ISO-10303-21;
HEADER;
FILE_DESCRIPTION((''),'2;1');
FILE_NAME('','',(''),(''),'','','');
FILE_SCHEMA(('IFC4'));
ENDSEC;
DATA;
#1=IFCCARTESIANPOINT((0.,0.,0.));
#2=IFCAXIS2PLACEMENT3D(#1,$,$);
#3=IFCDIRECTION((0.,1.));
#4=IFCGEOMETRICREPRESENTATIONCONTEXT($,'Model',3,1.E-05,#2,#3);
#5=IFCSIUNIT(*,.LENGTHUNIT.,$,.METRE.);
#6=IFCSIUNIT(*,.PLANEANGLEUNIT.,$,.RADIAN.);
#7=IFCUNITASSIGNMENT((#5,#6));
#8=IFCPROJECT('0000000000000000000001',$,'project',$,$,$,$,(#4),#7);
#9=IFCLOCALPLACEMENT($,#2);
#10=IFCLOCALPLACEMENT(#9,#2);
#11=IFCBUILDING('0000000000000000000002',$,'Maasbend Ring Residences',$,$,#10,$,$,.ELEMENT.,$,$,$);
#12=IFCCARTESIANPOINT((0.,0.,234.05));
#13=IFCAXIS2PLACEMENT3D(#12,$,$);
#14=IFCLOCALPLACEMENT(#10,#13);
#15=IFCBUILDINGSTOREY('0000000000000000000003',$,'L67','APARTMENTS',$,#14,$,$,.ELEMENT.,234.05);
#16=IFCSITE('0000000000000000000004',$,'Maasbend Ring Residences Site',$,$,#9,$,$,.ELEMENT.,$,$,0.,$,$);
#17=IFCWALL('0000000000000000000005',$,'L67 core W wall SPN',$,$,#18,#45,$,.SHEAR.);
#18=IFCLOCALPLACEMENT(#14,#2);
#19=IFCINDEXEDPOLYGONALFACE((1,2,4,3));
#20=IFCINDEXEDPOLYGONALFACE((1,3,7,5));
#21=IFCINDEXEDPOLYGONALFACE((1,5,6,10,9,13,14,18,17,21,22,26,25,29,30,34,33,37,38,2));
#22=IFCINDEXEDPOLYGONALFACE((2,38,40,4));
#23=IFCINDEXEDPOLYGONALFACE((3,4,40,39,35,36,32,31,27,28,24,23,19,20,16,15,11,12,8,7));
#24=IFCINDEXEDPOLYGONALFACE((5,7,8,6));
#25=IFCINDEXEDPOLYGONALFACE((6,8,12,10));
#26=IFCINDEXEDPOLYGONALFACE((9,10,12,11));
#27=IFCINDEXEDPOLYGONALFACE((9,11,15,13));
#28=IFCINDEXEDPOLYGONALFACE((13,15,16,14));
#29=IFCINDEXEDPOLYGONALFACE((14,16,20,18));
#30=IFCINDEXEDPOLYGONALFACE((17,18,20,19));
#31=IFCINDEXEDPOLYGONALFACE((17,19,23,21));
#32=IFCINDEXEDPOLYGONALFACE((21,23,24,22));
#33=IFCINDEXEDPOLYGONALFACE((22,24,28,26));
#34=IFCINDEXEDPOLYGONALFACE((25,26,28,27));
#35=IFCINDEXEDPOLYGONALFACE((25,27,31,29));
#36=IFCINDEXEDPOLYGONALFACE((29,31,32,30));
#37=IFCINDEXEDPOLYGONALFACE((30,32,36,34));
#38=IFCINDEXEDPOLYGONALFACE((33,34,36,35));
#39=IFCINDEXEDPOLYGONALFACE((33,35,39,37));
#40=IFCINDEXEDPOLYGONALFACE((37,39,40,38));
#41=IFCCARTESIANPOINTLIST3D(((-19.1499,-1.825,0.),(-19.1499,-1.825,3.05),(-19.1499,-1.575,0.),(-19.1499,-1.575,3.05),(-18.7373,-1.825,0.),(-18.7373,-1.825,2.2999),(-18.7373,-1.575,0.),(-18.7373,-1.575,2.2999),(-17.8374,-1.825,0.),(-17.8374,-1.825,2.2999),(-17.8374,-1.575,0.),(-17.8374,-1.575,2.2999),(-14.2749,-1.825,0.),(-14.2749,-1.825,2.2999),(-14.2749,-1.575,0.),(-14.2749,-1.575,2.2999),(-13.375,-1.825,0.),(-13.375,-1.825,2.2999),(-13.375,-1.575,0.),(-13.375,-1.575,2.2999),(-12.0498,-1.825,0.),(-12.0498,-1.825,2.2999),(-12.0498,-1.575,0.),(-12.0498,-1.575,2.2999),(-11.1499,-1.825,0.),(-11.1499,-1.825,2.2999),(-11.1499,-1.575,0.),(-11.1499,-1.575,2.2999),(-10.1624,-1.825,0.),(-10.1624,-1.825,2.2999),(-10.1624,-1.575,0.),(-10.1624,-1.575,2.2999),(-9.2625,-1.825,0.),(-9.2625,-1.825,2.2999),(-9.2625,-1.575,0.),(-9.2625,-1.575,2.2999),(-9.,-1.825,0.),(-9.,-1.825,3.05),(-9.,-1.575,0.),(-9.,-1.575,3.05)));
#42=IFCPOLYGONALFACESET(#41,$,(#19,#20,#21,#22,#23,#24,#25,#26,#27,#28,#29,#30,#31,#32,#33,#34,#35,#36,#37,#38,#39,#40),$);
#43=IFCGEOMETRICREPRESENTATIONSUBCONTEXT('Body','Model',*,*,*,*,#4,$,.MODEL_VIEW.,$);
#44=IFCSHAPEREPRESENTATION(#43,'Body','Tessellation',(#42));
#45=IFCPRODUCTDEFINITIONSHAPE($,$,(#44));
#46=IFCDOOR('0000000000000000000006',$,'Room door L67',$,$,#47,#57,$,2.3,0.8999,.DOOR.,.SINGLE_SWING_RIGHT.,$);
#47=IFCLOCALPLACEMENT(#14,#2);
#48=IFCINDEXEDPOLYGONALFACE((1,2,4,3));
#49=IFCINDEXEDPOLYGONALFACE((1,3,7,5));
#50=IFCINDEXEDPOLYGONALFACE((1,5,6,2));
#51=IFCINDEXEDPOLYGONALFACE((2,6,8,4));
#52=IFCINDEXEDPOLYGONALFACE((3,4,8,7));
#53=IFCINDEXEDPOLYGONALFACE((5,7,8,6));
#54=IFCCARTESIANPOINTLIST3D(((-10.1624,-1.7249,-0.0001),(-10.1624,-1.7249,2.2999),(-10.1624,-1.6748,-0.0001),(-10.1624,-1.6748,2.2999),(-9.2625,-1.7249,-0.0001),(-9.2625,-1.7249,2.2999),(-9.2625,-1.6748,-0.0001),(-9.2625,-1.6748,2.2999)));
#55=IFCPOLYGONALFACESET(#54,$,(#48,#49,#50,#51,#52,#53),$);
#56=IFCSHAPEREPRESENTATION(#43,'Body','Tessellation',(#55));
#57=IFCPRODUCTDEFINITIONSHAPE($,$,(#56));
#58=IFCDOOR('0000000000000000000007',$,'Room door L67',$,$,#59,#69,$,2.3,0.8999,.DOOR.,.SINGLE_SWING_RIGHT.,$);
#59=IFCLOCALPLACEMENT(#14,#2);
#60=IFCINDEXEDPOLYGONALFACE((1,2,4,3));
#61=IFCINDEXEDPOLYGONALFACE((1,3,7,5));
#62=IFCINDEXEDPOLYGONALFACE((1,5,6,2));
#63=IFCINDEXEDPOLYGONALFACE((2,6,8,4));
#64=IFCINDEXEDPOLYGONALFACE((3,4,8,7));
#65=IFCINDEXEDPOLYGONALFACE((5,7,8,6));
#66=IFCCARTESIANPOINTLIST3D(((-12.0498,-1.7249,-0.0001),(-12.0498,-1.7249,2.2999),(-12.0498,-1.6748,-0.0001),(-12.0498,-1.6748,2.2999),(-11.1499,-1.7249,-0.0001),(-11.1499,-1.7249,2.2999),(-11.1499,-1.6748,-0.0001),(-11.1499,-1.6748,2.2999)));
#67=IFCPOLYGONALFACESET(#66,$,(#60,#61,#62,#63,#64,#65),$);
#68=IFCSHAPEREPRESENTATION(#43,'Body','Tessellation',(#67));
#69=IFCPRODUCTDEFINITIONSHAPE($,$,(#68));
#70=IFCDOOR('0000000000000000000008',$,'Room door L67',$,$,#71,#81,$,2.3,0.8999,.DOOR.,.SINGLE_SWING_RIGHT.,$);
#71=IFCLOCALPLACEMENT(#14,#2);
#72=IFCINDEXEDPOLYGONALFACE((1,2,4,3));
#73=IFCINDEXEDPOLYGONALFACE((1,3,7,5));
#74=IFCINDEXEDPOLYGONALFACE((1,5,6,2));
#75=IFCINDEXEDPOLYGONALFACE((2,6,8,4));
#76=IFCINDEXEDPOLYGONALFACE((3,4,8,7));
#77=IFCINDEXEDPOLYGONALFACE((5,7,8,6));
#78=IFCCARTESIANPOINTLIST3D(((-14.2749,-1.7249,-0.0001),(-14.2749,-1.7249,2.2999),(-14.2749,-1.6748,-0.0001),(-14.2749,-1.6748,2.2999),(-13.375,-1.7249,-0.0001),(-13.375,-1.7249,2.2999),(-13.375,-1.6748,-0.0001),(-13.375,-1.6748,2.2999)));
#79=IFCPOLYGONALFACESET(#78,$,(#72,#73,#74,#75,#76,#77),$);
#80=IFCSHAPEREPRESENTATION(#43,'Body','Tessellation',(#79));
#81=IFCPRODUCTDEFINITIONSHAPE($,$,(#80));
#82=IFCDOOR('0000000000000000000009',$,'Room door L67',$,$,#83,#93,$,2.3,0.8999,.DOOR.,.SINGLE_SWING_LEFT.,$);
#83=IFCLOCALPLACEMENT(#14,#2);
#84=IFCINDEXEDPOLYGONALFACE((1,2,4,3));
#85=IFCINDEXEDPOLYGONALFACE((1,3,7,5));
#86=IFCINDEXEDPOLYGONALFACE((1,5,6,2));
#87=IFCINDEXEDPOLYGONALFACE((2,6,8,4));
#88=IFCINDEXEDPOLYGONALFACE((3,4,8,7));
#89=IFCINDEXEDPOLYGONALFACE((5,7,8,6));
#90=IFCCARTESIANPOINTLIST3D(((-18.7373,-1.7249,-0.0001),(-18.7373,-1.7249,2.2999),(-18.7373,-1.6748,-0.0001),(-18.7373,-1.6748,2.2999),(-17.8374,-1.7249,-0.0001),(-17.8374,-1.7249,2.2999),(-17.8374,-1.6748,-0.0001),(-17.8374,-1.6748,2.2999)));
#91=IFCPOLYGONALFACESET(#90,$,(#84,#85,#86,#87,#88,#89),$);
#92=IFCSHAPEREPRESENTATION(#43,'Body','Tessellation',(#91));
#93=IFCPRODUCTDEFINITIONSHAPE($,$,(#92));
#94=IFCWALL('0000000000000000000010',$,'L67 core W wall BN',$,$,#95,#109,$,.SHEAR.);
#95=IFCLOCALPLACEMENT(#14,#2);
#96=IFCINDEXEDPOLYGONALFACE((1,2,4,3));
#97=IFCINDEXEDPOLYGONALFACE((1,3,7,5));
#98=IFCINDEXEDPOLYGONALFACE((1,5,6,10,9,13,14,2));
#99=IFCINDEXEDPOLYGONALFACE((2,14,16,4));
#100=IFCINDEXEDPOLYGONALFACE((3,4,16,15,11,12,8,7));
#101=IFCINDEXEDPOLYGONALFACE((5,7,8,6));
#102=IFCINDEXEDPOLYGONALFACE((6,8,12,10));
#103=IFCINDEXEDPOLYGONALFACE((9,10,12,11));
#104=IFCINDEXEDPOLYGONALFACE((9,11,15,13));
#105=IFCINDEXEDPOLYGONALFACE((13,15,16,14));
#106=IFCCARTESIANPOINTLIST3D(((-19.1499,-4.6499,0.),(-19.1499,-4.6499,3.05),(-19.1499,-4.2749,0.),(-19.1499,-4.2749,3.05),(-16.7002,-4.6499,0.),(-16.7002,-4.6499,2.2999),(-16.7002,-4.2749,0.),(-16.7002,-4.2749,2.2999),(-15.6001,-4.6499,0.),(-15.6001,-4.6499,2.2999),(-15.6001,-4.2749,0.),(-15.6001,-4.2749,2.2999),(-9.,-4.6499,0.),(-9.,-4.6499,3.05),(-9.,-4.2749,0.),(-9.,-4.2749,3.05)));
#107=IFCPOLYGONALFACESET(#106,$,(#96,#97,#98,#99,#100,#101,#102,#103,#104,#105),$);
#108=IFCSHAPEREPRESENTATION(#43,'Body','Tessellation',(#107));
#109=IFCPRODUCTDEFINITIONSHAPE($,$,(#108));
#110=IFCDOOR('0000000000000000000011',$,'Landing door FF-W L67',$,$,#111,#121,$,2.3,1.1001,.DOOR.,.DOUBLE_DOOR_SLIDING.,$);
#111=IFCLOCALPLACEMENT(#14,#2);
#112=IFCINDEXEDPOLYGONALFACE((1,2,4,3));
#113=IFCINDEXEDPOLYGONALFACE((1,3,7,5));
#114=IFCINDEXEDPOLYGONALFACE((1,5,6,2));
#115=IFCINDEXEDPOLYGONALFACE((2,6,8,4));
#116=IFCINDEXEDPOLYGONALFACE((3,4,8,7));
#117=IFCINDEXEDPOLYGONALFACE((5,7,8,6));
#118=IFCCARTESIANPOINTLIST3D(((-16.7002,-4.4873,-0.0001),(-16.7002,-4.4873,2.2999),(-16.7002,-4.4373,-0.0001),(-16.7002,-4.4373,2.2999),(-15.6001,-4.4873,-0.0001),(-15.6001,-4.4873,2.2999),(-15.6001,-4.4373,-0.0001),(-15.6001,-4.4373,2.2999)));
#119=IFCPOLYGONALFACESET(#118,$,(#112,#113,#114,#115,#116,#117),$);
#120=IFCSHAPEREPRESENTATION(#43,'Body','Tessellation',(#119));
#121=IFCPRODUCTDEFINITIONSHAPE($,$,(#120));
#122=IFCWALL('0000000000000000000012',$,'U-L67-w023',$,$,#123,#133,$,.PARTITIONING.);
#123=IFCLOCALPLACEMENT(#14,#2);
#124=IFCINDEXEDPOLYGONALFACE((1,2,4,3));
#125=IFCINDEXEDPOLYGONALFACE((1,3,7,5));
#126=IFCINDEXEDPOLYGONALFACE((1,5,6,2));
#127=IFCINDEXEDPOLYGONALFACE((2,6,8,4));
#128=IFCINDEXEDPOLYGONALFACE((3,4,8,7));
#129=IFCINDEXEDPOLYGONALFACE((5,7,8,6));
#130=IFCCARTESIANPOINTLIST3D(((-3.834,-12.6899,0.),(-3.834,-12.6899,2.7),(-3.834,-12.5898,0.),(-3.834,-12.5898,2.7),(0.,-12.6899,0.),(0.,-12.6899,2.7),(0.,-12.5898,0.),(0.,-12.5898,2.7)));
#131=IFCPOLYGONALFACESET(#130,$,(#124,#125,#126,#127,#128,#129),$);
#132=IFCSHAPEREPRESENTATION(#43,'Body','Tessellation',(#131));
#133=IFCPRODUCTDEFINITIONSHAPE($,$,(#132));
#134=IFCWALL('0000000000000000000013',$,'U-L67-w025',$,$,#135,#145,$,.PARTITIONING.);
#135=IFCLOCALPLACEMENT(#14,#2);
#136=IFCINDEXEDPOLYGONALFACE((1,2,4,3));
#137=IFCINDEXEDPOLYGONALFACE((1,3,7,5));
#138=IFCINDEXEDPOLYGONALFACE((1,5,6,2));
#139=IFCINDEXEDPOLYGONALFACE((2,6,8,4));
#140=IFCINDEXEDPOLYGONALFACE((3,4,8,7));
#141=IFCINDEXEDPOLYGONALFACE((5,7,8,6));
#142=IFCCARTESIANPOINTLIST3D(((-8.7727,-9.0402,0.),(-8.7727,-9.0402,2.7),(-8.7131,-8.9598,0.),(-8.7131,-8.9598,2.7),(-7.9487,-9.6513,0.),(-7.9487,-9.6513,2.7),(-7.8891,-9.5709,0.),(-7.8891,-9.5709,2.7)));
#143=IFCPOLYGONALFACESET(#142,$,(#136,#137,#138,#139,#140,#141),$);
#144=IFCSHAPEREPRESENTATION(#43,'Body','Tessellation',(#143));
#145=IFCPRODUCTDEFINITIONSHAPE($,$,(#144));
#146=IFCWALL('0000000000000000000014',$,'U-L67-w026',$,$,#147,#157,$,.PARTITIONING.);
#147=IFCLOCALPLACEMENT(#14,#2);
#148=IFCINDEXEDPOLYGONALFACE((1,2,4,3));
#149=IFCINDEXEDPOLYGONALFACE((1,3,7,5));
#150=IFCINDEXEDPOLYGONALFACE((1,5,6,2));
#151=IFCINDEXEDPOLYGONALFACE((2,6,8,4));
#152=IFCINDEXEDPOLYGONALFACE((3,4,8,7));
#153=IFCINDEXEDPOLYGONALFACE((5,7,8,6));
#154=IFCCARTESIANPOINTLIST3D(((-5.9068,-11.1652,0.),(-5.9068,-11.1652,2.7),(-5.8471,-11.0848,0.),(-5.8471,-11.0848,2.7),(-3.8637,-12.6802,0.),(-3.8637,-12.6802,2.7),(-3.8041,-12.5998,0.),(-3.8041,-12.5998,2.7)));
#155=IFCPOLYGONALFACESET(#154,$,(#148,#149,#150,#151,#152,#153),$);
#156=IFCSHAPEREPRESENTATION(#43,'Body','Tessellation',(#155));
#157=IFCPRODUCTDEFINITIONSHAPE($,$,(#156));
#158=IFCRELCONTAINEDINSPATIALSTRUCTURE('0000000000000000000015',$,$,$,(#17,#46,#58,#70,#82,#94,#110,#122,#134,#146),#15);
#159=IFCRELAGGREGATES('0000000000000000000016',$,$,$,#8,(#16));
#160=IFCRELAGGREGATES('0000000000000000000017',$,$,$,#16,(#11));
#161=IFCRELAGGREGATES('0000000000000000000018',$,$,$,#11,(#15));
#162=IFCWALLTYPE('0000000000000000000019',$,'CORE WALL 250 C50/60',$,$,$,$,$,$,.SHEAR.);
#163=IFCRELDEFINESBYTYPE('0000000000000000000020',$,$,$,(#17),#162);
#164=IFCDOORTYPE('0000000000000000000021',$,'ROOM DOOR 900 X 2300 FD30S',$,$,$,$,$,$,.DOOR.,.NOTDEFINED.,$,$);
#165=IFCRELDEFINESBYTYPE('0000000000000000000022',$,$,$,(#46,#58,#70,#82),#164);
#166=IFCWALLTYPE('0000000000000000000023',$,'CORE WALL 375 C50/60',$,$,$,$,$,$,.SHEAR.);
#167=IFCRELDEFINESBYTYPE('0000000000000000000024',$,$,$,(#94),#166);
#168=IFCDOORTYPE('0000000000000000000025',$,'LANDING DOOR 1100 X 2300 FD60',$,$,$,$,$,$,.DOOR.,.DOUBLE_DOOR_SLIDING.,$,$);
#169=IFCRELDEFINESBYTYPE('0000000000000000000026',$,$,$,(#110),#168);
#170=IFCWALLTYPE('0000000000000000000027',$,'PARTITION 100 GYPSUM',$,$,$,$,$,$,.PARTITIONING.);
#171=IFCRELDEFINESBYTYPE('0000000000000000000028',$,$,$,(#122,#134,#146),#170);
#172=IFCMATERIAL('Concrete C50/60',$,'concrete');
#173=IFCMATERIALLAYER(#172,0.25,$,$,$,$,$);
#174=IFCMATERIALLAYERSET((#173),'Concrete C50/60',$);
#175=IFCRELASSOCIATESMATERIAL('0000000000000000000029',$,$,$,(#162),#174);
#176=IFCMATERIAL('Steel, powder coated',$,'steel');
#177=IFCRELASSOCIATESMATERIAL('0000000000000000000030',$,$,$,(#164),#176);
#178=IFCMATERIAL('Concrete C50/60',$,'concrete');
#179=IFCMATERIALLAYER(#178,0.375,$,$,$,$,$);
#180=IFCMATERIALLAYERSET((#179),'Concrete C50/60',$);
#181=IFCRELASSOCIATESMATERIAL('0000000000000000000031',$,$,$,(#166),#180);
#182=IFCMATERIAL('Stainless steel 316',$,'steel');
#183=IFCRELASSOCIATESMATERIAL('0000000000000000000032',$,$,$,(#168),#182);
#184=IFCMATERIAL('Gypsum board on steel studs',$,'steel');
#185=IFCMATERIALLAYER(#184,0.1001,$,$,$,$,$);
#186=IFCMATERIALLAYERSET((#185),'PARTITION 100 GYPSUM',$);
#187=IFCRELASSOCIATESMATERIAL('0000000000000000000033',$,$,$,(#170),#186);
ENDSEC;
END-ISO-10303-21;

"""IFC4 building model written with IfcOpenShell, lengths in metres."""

from ifc_helpers import new_model, si_unit, direction, frame, frame_2d, origin, place, context, subcontext, project, spatial, rectangle, extrude, material, layer, layer_set, type_object, element, fill, save


model = new_model("IFC4")

# Units and contexts
model_context = context("Model", 3, precision=1e-05, world=origin(), true_north=direction((0.0, 1.0)))
body_context = subcontext(model_context, "Body", "Model", "MODEL_VIEW")
ifc_project = project(units=[si_unit("LENGTHUNIT", "METRE"), si_unit("PLANEANGLEUNIT", "RADIAN")], contexts=[model_context])

# Site, building, storey
site_placement = place(None, origin())
site = spatial("IfcSite", under=ifc_project, at=site_placement, Name="Maasbend Ring Residences Site", CompositionType="ELEMENT", RefElevation=0.0)
building_placement = place(site_placement, origin())
building = spatial("IfcBuilding", under=site, at=building_placement, Name="Maasbend Ring Residences", CompositionType="ELEMENT")
storey_placement = place(building_placement, frame((0.0, 0.0, 234.05)))
storey = spatial("IfcBuildingStorey", under=building, at=storey_placement, Name="L67", Description="APARTMENTS", CompositionType="ELEMENT", Elevation=234.05)

# Wall, openings, doors
ifc_material_1 = material(Name="Concrete C50/60", Category="concrete")
ifc_layer_1 = layer(ifc_material_1, 0.25)
ifc_layer_set_1 = layer_set([ifc_layer_1], Name="Concrete C50/60")
wall_type_1 = type_object("IfcWallType", Name="CORE WALL 250 C50/60", PredefinedType="SHEAR", material=ifc_layer_set_1)
wall_1_placement = place(storey_placement, frame((-9.0, -1.7, 0.0), z_axis=(0.0, 0.0, 1.0), x_axis=(-1.0, 0.0, 0.0)))
wall_1 = element("IfcWall", 1, at=wall_1_placement, inside=storey, type_object=wall_type_1, Name="L67 core W wall SPN", PredefinedType="SHEAR", context=body_context, shape_type="SweptSolid", body=[
    extrude(rectangle(XDim=10.1499, YDim=0.25, at=frame_2d((5.075, 0.0))), origin(), (0.0, 0.0, 1.0), 3.05),
])
opening_1_placement = place(wall_1_placement, frame((0.2625, 0.0, 0.0)))
opening_1 = element("IfcOpeningElement", 2, at=opening_1_placement, cuts=wall_1, PredefinedType="OPENING", context=body_context, shape_type="SweptSolid", body=[
    extrude(rectangle(XDim=0.8999, YDim=2.3, at=frame_2d((0.45, 1.1499))), frame((0.0, 0.135, 0.0), z_axis=(0.0, -1.0, 0.0), x_axis=(1.0, 0.0, 0.0)), (0.0, 0.0, 1.0), 0.27),
])
opening_2_placement = place(wall_1_placement, frame((2.1499, 0.0, 0.0)))
opening_2 = element("IfcOpeningElement", 3, at=opening_2_placement, cuts=wall_1, PredefinedType="OPENING", context=body_context, shape_type="SweptSolid", body=[
    extrude(rectangle(XDim=0.8999, YDim=2.3, at=frame_2d((0.45, 1.1499))), frame((0.0, 0.135, 0.0), z_axis=(0.0, -1.0, 0.0), x_axis=(1.0, 0.0, 0.0)), (0.0, 0.0, 1.0), 0.27),
])
opening_3_placement = place(wall_1_placement, frame((4.375, 0.0, 0.0)))
opening_3 = element("IfcOpeningElement", 4, at=opening_3_placement, cuts=wall_1, PredefinedType="OPENING", context=body_context, shape_type="SweptSolid", body=[
    extrude(rectangle(XDim=0.8999, YDim=2.3, at=frame_2d((0.45, 1.1499))), frame((0.0, 0.135, 0.0), z_axis=(0.0, -1.0, 0.0), x_axis=(1.0, 0.0, 0.0)), (0.0, 0.0, 1.0), 0.27),
])
opening_4_placement = place(wall_1_placement, frame((8.8374, 0.0, 0.0)))
opening_4 = element("IfcOpeningElement", 5, at=opening_4_placement, cuts=wall_1, PredefinedType="OPENING", context=body_context, shape_type="SweptSolid", body=[
    extrude(rectangle(XDim=0.8999, YDim=2.3, at=frame_2d((0.45, 1.1499))), frame((0.0, 0.135, 0.0), z_axis=(0.0, -1.0, 0.0), x_axis=(1.0, 0.0, 0.0)), (0.0, 0.0, 1.0), 0.27),
])
ifc_material_2 = material(Name="Steel, powder coated", Category="steel")
door_type_1 = type_object("IfcDoorType", Name="ROOM DOOR 900 X 2300 FD30S", OperationType="NOTDEFINED", PredefinedType="DOOR", material=ifc_material_2)
door_1_placement = place(opening_1_placement, origin())
door_1 = element("IfcDoor", 6, at=door_1_placement, inside=storey, type_object=door_type_1, Name="Room door L67", OperationType="SINGLE_SWING_RIGHT", OverallHeight=2.3, OverallWidth=0.8999, PredefinedType="DOOR", context=body_context, shape_type="SweptSolid", body=[
    extrude(rectangle(XDim=0.8999, YDim=2.3, at=frame_2d((0.45, 1.1499))), frame((0.0, 0.0249, 0.0), z_axis=(0.0, -1.0, 0.0), x_axis=(1.0, 0.0, 0.0)), (0.0, 0.0, 1.0), 0.05),
])
fill(opening_1, door_1)
door_2_placement = place(opening_2_placement, origin())
door_2 = element("IfcDoor", 7, at=door_2_placement, inside=storey, type_object=door_type_1, Name="Room door L67", OperationType="SINGLE_SWING_RIGHT", OverallHeight=2.3, OverallWidth=0.8999, PredefinedType="DOOR", context=body_context, shape_type="SweptSolid", body=[
    extrude(rectangle(XDim=0.8999, YDim=2.3, at=frame_2d((0.45, 1.1499))), frame((0.0, 0.0249, 0.0), z_axis=(0.0, -1.0, 0.0), x_axis=(1.0, 0.0, 0.0)), (0.0, 0.0, 1.0), 0.05),
])
fill(opening_2, door_2)
door_3_placement = place(opening_3_placement, origin())
door_3 = element("IfcDoor", 8, at=door_3_placement, inside=storey, type_object=door_type_1, Name="Room door L67", OperationType="SINGLE_SWING_RIGHT", OverallHeight=2.3, OverallWidth=0.8999, PredefinedType="DOOR", context=body_context, shape_type="SweptSolid", body=[
    extrude(rectangle(XDim=0.8999, YDim=2.3, at=frame_2d((0.45, 1.1499))), frame((0.0, 0.0249, 0.0), z_axis=(0.0, -1.0, 0.0), x_axis=(1.0, 0.0, 0.0)), (0.0, 0.0, 1.0), 0.05),
])
fill(opening_3, door_3)
door_4_placement = place(opening_4_placement, origin())
door_4 = element("IfcDoor", 9, at=door_4_placement, inside=storey, type_object=door_type_1, Name="Room door L67", OperationType="SINGLE_SWING_LEFT", OverallHeight=2.3, OverallWidth=0.8999, PredefinedType="DOOR", context=body_context, shape_type="SweptSolid", body=[
    extrude(rectangle(XDim=0.8999, YDim=2.3, at=frame_2d((0.45, 1.1499))), frame((0.0, 0.0249, 0.0), z_axis=(0.0, -1.0, 0.0), x_axis=(1.0, 0.0, 0.0)), (0.0, 0.0, 1.0), 0.05),
])
fill(opening_4, door_4)

# Wall, opening, door
ifc_material_3 = material(Name="Concrete C50/60", Category="concrete")
ifc_layer_2 = layer(ifc_material_3, 0.375)
ifc_layer_set_2 = layer_set([ifc_layer_2], Name="Concrete C50/60")
wall_type_2 = type_object("IfcWallType", Name="CORE WALL 375 C50/60", PredefinedType="SHEAR", material=ifc_layer_set_2)
wall_2_placement = place(storey_placement, frame((-9.0, -4.4624, 0.0), z_axis=(0.0, 0.0, 1.0), x_axis=(-1.0, 0.0, 0.0)))
wall_2 = element("IfcWall", 10, at=wall_2_placement, inside=storey, type_object=wall_type_2, Name="L67 core W wall BN", PredefinedType="SHEAR", context=body_context, shape_type="SweptSolid", body=[
    extrude(rectangle(XDim=10.1499, YDim=0.375, at=frame_2d((5.075, 0.0))), origin(), (0.0, 0.0, 1.0), 3.05),
])
opening_5_placement = place(wall_2_placement, frame((6.6001, 0.0, 0.0)))
opening_5 = element("IfcOpeningElement", 11, at=opening_5_placement, cuts=wall_2, PredefinedType="OPENING", context=body_context, shape_type="SweptSolid", body=[
    extrude(rectangle(XDim=1.1001, YDim=2.3, at=frame_2d((0.55, 1.1499))), frame((0.0, 0.1975, 0.0), z_axis=(0.0, -1.0, 0.0), x_axis=(1.0, 0.0, 0.0)), (0.0, 0.0, 1.0), 0.395),
])
ifc_material_4 = material(Name="Stainless steel 316", Category="steel")
door_type_2 = type_object("IfcDoorType", Name="LANDING DOOR 1100 X 2300 FD60", OperationType="DOUBLE_DOOR_SLIDING", PredefinedType="DOOR", material=ifc_material_4)
door_5_placement = place(opening_5_placement, origin())
door_5 = element("IfcDoor", 12, at=door_5_placement, inside=storey, type_object=door_type_2, Name="Landing door FF-W L67", OperationType="DOUBLE_DOOR_SLIDING", OverallHeight=2.3, OverallWidth=1.1001, PredefinedType="DOOR", context=body_context, shape_type="SweptSolid", body=[
    extrude(rectangle(XDim=1.1001, YDim=2.3, at=frame_2d((0.55, 1.1499))), frame((0.0, 0.0249, 0.0), z_axis=(0.0, -1.0, 0.0), x_axis=(1.0, 0.0, 0.0)), (0.0, 0.0, 1.0), 0.05),
])
fill(opening_5, door_5)

# Walls
ifc_material_5 = material(Name="Gypsum board on steel studs", Category="steel")
ifc_layer_3 = layer(ifc_material_5, 0.1001)
ifc_layer_set_3 = layer_set([ifc_layer_3], Name="PARTITION 100 GYPSUM")
wall_type_3 = type_object("IfcWallType", Name="PARTITION 100 GYPSUM", PredefinedType="PARTITIONING", material=ifc_layer_set_3)
wall_3_placement = place(storey_placement, frame((-3.834, -12.6399, 0.0), z_axis=(0.0, 0.0, 1.0), x_axis=(1.0, 0.0, 0.0)))
element("IfcWall", 13, at=wall_3_placement, inside=storey, type_object=wall_type_3, Name="U-L67-w023", PredefinedType="PARTITIONING", context=body_context, shape_type="SweptSolid", body=[
    extrude(rectangle(XDim=3.834, YDim=0.1001, at=frame_2d((1.917, 0.0))), origin(), (0.0, 0.0, 1.0), 2.7),
])
wall_4_placement = place(storey_placement, frame((-8.7429, -9.0, 0.0), z_axis=(0.0, 0.0, 1.0), x_axis=(0.803216, -0.595688, 0.0)))
element("IfcWall", 14, at=wall_4_placement, inside=storey, type_object=wall_type_3, Name="U-L67-w025", PredefinedType="PARTITIONING", context=body_context, shape_type="SweptSolid", body=[
    extrude(rectangle(XDim=1.0259, YDim=0.1001, at=frame_2d((0.5129, 0.0))), origin(), (0.0, 0.0, 1.0), 2.7),
])
wall_5_placement = place(storey_placement, frame((-5.877, -11.125, 0.0), z_axis=(0.0, 0.0, 1.0), x_axis=(0.80326, -0.595629, 0.0)))
element("IfcWall", 15, at=wall_5_placement, inside=storey, type_object=wall_type_3, Name="U-L67-w026", PredefinedType="PARTITIONING", context=body_context, shape_type="SweptSolid", body=[
    extrude(rectangle(XDim=2.5435, YDim=0.1001, at=frame_2d((1.2717, 0.0))), origin(), (0.0, 0.0, 1.0), 2.7),
])

save(model, "model.ifc")
